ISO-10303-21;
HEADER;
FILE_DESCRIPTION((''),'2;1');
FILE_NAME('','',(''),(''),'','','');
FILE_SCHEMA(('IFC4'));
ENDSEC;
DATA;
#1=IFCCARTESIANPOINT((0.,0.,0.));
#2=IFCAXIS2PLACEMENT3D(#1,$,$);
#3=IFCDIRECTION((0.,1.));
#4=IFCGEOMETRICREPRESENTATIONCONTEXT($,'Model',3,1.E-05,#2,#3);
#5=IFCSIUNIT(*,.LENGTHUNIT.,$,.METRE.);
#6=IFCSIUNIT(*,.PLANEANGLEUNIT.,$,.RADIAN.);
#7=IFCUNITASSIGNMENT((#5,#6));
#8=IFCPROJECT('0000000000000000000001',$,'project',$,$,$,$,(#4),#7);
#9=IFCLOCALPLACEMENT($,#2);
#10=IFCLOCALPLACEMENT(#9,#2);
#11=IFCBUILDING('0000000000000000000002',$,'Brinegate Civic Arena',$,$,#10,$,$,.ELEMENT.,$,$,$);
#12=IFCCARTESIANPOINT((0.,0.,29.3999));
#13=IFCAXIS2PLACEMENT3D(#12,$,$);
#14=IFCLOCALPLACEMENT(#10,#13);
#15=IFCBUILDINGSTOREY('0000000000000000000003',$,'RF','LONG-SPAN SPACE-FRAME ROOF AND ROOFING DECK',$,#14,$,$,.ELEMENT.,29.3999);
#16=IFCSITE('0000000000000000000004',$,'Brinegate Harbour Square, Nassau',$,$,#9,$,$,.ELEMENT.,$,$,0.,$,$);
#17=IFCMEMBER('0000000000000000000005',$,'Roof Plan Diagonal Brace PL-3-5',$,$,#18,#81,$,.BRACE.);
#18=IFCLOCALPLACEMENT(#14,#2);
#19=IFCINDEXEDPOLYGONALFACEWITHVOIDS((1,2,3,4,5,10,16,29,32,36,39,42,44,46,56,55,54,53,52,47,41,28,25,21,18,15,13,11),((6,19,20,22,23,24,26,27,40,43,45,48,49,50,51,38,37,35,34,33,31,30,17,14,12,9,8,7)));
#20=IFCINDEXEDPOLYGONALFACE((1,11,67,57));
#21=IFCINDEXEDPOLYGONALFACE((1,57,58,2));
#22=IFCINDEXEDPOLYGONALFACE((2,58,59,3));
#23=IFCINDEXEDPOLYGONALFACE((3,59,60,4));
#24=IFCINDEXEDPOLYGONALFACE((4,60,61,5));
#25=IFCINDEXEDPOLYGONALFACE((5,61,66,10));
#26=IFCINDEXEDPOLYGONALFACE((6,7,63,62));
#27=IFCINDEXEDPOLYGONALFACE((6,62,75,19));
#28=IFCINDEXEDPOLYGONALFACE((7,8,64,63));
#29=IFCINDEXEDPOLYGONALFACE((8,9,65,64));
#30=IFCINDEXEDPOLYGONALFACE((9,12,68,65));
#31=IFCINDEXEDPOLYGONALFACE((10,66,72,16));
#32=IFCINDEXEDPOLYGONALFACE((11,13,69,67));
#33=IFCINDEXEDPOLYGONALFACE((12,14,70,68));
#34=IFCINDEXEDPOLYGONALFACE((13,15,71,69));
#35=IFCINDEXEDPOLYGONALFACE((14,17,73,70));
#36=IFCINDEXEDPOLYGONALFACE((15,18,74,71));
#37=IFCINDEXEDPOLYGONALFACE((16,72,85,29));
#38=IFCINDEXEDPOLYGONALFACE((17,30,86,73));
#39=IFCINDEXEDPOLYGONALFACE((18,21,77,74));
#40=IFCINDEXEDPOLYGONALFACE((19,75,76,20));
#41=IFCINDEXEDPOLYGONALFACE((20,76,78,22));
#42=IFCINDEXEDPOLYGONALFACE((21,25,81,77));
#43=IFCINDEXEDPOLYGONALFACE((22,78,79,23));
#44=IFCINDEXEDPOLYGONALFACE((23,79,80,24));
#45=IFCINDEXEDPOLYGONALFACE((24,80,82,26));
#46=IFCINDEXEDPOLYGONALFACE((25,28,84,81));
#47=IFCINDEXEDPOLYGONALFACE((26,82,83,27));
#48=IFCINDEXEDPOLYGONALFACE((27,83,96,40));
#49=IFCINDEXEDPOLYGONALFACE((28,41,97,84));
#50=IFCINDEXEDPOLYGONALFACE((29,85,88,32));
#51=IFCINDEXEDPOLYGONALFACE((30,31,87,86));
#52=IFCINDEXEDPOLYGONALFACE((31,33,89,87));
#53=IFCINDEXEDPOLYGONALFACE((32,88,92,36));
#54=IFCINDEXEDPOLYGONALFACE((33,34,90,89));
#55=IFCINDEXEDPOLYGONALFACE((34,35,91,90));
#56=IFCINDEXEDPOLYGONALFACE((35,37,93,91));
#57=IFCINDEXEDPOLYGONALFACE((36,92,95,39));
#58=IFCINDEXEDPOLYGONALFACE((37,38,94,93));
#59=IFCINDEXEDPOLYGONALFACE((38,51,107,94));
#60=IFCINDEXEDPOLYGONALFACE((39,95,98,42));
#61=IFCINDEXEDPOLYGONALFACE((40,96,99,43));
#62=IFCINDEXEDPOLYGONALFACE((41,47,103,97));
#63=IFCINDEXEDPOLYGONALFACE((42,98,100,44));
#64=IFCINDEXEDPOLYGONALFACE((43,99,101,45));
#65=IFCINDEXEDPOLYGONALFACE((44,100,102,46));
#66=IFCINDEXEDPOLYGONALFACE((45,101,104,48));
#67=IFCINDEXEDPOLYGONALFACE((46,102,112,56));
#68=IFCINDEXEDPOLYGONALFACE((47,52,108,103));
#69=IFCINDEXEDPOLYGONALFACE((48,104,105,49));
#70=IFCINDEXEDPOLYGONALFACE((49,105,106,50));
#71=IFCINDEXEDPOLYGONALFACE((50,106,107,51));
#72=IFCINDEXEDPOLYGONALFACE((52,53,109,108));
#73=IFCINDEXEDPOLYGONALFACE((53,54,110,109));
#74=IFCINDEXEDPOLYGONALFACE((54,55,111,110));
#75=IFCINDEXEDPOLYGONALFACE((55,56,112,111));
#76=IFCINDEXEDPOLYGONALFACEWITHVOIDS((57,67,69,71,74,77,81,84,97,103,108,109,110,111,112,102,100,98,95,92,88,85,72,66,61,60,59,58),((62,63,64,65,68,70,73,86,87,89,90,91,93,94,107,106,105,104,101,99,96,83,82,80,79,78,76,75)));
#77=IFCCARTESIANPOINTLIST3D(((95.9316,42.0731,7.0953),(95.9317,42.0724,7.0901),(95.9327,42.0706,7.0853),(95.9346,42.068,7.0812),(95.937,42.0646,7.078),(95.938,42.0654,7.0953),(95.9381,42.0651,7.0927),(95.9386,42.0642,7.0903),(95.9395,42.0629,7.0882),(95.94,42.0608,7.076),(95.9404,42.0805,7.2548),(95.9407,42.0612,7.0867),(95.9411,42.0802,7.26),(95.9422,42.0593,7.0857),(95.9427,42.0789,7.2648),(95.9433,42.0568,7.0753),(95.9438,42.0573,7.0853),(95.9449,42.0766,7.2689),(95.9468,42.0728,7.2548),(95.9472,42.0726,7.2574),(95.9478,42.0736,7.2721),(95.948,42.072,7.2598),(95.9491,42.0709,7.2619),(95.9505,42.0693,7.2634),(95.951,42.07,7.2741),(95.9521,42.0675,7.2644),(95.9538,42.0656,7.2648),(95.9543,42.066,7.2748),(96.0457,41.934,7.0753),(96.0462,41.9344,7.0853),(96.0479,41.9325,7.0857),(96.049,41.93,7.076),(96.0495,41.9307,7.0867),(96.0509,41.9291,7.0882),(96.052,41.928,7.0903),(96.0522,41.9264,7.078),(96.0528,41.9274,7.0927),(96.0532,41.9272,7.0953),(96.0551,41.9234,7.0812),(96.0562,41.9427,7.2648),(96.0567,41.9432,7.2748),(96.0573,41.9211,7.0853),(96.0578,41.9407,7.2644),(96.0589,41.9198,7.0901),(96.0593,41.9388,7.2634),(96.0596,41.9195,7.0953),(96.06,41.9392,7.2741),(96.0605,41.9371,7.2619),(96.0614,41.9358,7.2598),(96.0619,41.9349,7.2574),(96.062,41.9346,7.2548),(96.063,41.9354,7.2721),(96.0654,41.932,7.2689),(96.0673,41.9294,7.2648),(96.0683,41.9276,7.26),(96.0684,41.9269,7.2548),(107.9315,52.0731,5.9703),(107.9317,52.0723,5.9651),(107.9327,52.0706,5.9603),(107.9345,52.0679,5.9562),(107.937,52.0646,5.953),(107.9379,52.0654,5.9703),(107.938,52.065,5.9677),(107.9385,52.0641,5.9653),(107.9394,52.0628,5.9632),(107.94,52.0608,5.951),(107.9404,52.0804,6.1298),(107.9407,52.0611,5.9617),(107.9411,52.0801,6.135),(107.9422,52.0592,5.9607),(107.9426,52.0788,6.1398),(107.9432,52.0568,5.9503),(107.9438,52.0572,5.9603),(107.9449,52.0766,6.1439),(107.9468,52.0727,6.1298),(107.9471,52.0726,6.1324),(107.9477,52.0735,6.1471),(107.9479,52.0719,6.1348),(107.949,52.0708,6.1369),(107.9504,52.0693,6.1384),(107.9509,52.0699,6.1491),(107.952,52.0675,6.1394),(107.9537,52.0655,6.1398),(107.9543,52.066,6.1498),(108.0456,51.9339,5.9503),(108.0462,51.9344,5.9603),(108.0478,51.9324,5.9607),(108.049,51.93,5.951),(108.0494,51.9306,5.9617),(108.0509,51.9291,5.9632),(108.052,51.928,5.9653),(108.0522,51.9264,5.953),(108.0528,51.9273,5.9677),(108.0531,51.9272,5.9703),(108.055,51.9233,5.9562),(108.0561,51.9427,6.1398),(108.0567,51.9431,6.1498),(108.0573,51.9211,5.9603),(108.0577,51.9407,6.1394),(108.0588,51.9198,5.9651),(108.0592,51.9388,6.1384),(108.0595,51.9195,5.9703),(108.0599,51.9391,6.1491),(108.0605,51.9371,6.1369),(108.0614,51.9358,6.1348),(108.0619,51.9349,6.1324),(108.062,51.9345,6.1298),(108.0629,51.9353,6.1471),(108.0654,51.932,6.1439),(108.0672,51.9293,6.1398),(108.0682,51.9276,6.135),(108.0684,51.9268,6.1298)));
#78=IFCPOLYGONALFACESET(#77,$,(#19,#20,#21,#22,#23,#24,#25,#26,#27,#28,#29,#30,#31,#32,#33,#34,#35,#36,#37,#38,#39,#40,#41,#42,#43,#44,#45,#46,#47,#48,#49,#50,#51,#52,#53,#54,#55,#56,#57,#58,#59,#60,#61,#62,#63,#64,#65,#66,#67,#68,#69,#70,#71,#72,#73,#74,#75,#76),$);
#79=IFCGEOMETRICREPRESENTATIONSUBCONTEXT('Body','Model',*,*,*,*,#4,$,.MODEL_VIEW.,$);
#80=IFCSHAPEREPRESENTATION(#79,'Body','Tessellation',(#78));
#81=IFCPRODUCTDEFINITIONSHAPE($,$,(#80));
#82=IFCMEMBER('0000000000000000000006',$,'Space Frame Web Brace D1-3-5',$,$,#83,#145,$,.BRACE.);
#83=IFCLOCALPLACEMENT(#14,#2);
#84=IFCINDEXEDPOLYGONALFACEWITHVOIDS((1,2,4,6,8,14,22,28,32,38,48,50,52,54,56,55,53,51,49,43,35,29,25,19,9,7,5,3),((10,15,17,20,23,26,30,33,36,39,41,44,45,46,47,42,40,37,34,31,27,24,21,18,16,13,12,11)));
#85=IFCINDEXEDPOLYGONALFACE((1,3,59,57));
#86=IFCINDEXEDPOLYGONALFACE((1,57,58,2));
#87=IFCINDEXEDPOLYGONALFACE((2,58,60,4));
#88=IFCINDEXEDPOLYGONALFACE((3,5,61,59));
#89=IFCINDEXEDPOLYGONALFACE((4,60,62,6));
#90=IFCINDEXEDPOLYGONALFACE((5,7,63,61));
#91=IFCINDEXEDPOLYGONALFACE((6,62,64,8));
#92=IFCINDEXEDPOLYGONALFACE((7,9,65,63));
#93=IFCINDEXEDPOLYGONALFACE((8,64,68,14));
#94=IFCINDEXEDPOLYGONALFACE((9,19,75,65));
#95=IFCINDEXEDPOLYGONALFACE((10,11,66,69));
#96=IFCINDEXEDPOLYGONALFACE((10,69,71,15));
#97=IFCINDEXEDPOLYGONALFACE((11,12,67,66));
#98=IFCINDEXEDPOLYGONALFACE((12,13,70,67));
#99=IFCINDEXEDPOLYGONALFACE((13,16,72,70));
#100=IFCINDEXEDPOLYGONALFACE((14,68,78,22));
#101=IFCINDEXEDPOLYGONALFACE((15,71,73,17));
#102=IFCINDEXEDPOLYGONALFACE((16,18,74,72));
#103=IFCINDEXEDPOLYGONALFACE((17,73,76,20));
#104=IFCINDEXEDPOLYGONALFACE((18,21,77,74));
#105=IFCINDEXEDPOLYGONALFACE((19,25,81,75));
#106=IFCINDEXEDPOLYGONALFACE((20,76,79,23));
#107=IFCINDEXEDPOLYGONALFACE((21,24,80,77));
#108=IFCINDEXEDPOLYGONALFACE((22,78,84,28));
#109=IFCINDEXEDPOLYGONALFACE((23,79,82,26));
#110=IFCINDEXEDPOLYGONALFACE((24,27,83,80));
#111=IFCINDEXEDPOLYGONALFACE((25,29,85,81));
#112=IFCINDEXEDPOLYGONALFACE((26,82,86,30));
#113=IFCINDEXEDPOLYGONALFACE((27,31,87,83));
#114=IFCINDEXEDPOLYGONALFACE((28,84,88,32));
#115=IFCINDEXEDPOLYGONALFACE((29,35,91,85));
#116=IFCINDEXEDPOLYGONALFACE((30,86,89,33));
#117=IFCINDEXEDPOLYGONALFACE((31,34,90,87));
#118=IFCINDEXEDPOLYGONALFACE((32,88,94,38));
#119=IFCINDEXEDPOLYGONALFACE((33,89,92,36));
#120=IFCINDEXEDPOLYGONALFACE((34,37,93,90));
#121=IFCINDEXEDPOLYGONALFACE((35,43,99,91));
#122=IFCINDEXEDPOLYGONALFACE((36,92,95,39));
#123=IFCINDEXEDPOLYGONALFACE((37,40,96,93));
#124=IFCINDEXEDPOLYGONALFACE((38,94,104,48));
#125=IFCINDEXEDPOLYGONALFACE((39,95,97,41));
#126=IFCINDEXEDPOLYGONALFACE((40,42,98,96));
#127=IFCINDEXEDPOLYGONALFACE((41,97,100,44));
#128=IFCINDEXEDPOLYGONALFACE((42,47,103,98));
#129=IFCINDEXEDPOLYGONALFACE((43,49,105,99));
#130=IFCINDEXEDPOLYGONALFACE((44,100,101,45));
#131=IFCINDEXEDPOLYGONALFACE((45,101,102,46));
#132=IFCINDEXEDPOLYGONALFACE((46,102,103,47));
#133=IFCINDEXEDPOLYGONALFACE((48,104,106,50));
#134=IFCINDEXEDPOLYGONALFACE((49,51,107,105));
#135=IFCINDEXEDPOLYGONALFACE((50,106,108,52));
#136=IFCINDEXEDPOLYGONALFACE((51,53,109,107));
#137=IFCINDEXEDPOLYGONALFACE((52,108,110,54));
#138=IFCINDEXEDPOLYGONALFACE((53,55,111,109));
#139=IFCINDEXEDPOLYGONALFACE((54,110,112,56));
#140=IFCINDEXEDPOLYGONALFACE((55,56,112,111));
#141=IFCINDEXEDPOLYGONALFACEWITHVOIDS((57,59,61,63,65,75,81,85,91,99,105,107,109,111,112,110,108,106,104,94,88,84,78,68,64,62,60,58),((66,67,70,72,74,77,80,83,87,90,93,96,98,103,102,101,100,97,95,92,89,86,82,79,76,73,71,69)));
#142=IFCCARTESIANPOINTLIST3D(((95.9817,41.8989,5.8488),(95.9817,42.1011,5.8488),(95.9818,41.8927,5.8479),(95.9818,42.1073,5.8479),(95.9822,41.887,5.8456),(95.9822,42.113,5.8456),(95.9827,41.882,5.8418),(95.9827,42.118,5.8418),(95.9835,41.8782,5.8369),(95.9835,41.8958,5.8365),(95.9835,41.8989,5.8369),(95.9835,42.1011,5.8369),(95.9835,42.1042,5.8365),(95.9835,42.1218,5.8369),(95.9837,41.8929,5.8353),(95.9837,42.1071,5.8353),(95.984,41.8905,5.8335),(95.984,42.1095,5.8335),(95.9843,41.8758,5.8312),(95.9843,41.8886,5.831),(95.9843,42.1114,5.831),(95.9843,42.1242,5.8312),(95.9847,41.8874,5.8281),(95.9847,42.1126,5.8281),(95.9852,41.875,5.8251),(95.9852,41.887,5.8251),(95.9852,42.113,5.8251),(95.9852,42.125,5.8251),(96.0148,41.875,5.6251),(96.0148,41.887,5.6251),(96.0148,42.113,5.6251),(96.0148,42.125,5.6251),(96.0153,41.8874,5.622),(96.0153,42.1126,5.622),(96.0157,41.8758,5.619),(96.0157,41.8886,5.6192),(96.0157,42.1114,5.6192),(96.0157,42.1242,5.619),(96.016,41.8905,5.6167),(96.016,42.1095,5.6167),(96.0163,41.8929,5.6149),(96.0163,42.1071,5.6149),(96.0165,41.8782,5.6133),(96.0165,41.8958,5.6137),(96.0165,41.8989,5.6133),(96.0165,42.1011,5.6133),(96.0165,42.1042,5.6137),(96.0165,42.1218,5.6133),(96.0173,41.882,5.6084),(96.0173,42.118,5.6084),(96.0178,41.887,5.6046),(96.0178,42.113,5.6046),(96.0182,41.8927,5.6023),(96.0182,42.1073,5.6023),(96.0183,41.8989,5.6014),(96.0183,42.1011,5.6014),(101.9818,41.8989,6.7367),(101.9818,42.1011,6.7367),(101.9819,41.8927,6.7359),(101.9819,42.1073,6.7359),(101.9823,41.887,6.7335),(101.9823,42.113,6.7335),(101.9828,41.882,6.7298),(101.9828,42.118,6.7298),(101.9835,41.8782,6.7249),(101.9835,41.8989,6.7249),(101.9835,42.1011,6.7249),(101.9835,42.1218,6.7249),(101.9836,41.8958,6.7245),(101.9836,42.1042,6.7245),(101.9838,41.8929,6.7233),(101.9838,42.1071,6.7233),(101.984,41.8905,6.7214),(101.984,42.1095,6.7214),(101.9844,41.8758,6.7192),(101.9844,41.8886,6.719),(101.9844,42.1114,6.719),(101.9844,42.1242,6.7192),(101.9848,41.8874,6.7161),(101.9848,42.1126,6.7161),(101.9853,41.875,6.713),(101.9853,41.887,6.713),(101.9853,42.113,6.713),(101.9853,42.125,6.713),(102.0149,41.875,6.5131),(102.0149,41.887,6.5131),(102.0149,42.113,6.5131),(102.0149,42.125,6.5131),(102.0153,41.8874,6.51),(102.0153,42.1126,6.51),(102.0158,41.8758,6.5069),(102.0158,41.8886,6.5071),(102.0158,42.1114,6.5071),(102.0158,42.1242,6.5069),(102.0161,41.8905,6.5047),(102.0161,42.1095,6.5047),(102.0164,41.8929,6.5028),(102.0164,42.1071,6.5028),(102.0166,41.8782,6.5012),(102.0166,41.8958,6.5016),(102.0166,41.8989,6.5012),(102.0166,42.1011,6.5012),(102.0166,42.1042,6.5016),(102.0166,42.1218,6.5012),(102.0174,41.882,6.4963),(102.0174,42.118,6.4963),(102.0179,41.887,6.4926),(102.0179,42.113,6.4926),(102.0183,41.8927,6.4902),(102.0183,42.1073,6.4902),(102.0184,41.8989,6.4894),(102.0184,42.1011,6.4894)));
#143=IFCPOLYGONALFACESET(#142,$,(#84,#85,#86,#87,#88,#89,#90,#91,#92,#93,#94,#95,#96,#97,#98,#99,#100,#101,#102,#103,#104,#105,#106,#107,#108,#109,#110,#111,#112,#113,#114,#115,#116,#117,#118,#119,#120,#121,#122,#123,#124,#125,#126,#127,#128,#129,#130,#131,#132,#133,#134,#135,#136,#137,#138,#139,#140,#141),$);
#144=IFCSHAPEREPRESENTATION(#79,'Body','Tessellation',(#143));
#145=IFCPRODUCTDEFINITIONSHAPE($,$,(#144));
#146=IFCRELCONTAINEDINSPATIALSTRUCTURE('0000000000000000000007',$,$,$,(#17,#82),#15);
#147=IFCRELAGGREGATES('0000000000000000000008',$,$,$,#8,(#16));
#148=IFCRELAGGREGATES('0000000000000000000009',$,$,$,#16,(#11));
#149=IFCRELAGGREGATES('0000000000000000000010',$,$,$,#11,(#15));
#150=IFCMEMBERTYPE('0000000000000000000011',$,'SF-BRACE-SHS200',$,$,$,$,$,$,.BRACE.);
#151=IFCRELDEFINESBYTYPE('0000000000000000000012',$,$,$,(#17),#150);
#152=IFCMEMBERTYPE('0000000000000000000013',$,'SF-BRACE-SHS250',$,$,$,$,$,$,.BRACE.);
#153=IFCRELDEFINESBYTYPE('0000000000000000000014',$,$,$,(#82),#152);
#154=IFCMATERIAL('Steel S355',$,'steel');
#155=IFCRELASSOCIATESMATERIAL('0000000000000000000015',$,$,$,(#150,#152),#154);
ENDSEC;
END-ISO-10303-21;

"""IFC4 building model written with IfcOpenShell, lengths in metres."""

from ifc_helpers import new_model, si_unit, direction, frame, origin, origin_2d, place, context, subcontext, project, spatial, hollow_rectangle, extrude, material, material_profile, profile_set, type_object, element, save


model = new_model("IFC4")

# Units and contexts
model_context = context("Model", 3, precision=1e-05, world=origin(), true_north=direction((0.0, 1.0)))
body_context = subcontext(model_context, "Body", "Model", "MODEL_VIEW")
ifc_project = project(units=[si_unit("LENGTHUNIT", "METRE"), si_unit("PLANEANGLEUNIT", "RADIAN")], contexts=[model_context])

# Site, building, storey
site_placement = place(None, origin())
site = spatial("IfcSite", under=ifc_project, at=site_placement, Name="Brinegate Harbour Square, Nassau", CompositionType="ELEMENT", RefElevation=0.0)
building_placement = place(site_placement, origin())
building = spatial("IfcBuilding", under=site, at=building_placement, Name="Brinegate Civic Arena", CompositionType="ELEMENT")
storey_placement = place(building_placement, frame((0.0, 0.0, 29.3999)))
storey = spatial("IfcBuildingStorey", under=building, at=storey_placement, Name="RF", Description="LONG-SPAN SPACE-FRAME ROOF AND ROOFING DECK", CompositionType="ELEMENT", Elevation=29.3999)

# Members
ifc_material = material(Name="Steel S355", Category="steel")
ifc_material_profile_1 = material_profile(ifc_material, hollow_rectangle(XDim=0.2, YDim=0.2, WallThickness=0.01, InnerFilletRadius=0.01, OuterFilletRadius=0.02, at=origin_2d()), Name="SHS200X10")
ifc_profile_set_1 = profile_set([ifc_material_profile_1], Name="Steel S355")
member_type_1 = type_object("IfcMemberType", Name="SF-BRACE-SHS200", PredefinedType="BRACE", material=ifc_profile_set_1)
member_1_placement = place(storey_placement, frame((96.0, 42.0, 7.175), z_axis=(0.766237, 0.638531, -0.071835), x_axis=(-0.640184, 0.768221, 0.0)))
element("IfcMember", 1, at=member_1_placement, inside=storey, type_object=member_type_1, Name="Roof Plan Diagonal Brace PL-3-5", PredefinedType="BRACE", context=body_context, shape_type="SweptSolid", body=[
    extrude(hollow_rectangle(XDim=0.2, YDim=0.2, WallThickness=0.01, InnerFilletRadius=0.01, OuterFilletRadius=0.02, at=origin_2d()), origin(), (0.0, 0.0, 1.0), 15.6609),
])
ifc_material_profile_2 = material_profile(ifc_material, hollow_rectangle(XDim=0.25, YDim=0.25, WallThickness=0.012, InnerFilletRadius=0.012, OuterFilletRadius=0.0239, at=origin_2d()), Name="SHS250X12")
ifc_profile_set_2 = profile_set([ifc_material_profile_2], Name="Steel S355")
member_type_2 = type_object("IfcMemberType", Name="SF-BRACE-SHS250", PredefinedType="BRACE", material=ifc_profile_set_2)
member_2_placement = place(storey_placement, frame((96.0, 42.0, 5.7251), z_axis=(0.989226, 0.0, 0.146395), x_axis=(0.0, 1.0, 0.0)))
element("IfcMember", 2, at=member_2_placement, inside=storey, type_object=member_type_2, Name="Space Frame Web Brace D1-3-5", PredefinedType="BRACE", context=body_context, shape_type="SweptSolid", body=[
    extrude(hollow_rectangle(XDim=0.25, YDim=0.25, WallThickness=0.012, InnerFilletRadius=0.012, OuterFilletRadius=0.0239, at=origin_2d()), origin(), (0.0, 0.0, 1.0), 6.0654),
])

save(model, "model.ifc")
